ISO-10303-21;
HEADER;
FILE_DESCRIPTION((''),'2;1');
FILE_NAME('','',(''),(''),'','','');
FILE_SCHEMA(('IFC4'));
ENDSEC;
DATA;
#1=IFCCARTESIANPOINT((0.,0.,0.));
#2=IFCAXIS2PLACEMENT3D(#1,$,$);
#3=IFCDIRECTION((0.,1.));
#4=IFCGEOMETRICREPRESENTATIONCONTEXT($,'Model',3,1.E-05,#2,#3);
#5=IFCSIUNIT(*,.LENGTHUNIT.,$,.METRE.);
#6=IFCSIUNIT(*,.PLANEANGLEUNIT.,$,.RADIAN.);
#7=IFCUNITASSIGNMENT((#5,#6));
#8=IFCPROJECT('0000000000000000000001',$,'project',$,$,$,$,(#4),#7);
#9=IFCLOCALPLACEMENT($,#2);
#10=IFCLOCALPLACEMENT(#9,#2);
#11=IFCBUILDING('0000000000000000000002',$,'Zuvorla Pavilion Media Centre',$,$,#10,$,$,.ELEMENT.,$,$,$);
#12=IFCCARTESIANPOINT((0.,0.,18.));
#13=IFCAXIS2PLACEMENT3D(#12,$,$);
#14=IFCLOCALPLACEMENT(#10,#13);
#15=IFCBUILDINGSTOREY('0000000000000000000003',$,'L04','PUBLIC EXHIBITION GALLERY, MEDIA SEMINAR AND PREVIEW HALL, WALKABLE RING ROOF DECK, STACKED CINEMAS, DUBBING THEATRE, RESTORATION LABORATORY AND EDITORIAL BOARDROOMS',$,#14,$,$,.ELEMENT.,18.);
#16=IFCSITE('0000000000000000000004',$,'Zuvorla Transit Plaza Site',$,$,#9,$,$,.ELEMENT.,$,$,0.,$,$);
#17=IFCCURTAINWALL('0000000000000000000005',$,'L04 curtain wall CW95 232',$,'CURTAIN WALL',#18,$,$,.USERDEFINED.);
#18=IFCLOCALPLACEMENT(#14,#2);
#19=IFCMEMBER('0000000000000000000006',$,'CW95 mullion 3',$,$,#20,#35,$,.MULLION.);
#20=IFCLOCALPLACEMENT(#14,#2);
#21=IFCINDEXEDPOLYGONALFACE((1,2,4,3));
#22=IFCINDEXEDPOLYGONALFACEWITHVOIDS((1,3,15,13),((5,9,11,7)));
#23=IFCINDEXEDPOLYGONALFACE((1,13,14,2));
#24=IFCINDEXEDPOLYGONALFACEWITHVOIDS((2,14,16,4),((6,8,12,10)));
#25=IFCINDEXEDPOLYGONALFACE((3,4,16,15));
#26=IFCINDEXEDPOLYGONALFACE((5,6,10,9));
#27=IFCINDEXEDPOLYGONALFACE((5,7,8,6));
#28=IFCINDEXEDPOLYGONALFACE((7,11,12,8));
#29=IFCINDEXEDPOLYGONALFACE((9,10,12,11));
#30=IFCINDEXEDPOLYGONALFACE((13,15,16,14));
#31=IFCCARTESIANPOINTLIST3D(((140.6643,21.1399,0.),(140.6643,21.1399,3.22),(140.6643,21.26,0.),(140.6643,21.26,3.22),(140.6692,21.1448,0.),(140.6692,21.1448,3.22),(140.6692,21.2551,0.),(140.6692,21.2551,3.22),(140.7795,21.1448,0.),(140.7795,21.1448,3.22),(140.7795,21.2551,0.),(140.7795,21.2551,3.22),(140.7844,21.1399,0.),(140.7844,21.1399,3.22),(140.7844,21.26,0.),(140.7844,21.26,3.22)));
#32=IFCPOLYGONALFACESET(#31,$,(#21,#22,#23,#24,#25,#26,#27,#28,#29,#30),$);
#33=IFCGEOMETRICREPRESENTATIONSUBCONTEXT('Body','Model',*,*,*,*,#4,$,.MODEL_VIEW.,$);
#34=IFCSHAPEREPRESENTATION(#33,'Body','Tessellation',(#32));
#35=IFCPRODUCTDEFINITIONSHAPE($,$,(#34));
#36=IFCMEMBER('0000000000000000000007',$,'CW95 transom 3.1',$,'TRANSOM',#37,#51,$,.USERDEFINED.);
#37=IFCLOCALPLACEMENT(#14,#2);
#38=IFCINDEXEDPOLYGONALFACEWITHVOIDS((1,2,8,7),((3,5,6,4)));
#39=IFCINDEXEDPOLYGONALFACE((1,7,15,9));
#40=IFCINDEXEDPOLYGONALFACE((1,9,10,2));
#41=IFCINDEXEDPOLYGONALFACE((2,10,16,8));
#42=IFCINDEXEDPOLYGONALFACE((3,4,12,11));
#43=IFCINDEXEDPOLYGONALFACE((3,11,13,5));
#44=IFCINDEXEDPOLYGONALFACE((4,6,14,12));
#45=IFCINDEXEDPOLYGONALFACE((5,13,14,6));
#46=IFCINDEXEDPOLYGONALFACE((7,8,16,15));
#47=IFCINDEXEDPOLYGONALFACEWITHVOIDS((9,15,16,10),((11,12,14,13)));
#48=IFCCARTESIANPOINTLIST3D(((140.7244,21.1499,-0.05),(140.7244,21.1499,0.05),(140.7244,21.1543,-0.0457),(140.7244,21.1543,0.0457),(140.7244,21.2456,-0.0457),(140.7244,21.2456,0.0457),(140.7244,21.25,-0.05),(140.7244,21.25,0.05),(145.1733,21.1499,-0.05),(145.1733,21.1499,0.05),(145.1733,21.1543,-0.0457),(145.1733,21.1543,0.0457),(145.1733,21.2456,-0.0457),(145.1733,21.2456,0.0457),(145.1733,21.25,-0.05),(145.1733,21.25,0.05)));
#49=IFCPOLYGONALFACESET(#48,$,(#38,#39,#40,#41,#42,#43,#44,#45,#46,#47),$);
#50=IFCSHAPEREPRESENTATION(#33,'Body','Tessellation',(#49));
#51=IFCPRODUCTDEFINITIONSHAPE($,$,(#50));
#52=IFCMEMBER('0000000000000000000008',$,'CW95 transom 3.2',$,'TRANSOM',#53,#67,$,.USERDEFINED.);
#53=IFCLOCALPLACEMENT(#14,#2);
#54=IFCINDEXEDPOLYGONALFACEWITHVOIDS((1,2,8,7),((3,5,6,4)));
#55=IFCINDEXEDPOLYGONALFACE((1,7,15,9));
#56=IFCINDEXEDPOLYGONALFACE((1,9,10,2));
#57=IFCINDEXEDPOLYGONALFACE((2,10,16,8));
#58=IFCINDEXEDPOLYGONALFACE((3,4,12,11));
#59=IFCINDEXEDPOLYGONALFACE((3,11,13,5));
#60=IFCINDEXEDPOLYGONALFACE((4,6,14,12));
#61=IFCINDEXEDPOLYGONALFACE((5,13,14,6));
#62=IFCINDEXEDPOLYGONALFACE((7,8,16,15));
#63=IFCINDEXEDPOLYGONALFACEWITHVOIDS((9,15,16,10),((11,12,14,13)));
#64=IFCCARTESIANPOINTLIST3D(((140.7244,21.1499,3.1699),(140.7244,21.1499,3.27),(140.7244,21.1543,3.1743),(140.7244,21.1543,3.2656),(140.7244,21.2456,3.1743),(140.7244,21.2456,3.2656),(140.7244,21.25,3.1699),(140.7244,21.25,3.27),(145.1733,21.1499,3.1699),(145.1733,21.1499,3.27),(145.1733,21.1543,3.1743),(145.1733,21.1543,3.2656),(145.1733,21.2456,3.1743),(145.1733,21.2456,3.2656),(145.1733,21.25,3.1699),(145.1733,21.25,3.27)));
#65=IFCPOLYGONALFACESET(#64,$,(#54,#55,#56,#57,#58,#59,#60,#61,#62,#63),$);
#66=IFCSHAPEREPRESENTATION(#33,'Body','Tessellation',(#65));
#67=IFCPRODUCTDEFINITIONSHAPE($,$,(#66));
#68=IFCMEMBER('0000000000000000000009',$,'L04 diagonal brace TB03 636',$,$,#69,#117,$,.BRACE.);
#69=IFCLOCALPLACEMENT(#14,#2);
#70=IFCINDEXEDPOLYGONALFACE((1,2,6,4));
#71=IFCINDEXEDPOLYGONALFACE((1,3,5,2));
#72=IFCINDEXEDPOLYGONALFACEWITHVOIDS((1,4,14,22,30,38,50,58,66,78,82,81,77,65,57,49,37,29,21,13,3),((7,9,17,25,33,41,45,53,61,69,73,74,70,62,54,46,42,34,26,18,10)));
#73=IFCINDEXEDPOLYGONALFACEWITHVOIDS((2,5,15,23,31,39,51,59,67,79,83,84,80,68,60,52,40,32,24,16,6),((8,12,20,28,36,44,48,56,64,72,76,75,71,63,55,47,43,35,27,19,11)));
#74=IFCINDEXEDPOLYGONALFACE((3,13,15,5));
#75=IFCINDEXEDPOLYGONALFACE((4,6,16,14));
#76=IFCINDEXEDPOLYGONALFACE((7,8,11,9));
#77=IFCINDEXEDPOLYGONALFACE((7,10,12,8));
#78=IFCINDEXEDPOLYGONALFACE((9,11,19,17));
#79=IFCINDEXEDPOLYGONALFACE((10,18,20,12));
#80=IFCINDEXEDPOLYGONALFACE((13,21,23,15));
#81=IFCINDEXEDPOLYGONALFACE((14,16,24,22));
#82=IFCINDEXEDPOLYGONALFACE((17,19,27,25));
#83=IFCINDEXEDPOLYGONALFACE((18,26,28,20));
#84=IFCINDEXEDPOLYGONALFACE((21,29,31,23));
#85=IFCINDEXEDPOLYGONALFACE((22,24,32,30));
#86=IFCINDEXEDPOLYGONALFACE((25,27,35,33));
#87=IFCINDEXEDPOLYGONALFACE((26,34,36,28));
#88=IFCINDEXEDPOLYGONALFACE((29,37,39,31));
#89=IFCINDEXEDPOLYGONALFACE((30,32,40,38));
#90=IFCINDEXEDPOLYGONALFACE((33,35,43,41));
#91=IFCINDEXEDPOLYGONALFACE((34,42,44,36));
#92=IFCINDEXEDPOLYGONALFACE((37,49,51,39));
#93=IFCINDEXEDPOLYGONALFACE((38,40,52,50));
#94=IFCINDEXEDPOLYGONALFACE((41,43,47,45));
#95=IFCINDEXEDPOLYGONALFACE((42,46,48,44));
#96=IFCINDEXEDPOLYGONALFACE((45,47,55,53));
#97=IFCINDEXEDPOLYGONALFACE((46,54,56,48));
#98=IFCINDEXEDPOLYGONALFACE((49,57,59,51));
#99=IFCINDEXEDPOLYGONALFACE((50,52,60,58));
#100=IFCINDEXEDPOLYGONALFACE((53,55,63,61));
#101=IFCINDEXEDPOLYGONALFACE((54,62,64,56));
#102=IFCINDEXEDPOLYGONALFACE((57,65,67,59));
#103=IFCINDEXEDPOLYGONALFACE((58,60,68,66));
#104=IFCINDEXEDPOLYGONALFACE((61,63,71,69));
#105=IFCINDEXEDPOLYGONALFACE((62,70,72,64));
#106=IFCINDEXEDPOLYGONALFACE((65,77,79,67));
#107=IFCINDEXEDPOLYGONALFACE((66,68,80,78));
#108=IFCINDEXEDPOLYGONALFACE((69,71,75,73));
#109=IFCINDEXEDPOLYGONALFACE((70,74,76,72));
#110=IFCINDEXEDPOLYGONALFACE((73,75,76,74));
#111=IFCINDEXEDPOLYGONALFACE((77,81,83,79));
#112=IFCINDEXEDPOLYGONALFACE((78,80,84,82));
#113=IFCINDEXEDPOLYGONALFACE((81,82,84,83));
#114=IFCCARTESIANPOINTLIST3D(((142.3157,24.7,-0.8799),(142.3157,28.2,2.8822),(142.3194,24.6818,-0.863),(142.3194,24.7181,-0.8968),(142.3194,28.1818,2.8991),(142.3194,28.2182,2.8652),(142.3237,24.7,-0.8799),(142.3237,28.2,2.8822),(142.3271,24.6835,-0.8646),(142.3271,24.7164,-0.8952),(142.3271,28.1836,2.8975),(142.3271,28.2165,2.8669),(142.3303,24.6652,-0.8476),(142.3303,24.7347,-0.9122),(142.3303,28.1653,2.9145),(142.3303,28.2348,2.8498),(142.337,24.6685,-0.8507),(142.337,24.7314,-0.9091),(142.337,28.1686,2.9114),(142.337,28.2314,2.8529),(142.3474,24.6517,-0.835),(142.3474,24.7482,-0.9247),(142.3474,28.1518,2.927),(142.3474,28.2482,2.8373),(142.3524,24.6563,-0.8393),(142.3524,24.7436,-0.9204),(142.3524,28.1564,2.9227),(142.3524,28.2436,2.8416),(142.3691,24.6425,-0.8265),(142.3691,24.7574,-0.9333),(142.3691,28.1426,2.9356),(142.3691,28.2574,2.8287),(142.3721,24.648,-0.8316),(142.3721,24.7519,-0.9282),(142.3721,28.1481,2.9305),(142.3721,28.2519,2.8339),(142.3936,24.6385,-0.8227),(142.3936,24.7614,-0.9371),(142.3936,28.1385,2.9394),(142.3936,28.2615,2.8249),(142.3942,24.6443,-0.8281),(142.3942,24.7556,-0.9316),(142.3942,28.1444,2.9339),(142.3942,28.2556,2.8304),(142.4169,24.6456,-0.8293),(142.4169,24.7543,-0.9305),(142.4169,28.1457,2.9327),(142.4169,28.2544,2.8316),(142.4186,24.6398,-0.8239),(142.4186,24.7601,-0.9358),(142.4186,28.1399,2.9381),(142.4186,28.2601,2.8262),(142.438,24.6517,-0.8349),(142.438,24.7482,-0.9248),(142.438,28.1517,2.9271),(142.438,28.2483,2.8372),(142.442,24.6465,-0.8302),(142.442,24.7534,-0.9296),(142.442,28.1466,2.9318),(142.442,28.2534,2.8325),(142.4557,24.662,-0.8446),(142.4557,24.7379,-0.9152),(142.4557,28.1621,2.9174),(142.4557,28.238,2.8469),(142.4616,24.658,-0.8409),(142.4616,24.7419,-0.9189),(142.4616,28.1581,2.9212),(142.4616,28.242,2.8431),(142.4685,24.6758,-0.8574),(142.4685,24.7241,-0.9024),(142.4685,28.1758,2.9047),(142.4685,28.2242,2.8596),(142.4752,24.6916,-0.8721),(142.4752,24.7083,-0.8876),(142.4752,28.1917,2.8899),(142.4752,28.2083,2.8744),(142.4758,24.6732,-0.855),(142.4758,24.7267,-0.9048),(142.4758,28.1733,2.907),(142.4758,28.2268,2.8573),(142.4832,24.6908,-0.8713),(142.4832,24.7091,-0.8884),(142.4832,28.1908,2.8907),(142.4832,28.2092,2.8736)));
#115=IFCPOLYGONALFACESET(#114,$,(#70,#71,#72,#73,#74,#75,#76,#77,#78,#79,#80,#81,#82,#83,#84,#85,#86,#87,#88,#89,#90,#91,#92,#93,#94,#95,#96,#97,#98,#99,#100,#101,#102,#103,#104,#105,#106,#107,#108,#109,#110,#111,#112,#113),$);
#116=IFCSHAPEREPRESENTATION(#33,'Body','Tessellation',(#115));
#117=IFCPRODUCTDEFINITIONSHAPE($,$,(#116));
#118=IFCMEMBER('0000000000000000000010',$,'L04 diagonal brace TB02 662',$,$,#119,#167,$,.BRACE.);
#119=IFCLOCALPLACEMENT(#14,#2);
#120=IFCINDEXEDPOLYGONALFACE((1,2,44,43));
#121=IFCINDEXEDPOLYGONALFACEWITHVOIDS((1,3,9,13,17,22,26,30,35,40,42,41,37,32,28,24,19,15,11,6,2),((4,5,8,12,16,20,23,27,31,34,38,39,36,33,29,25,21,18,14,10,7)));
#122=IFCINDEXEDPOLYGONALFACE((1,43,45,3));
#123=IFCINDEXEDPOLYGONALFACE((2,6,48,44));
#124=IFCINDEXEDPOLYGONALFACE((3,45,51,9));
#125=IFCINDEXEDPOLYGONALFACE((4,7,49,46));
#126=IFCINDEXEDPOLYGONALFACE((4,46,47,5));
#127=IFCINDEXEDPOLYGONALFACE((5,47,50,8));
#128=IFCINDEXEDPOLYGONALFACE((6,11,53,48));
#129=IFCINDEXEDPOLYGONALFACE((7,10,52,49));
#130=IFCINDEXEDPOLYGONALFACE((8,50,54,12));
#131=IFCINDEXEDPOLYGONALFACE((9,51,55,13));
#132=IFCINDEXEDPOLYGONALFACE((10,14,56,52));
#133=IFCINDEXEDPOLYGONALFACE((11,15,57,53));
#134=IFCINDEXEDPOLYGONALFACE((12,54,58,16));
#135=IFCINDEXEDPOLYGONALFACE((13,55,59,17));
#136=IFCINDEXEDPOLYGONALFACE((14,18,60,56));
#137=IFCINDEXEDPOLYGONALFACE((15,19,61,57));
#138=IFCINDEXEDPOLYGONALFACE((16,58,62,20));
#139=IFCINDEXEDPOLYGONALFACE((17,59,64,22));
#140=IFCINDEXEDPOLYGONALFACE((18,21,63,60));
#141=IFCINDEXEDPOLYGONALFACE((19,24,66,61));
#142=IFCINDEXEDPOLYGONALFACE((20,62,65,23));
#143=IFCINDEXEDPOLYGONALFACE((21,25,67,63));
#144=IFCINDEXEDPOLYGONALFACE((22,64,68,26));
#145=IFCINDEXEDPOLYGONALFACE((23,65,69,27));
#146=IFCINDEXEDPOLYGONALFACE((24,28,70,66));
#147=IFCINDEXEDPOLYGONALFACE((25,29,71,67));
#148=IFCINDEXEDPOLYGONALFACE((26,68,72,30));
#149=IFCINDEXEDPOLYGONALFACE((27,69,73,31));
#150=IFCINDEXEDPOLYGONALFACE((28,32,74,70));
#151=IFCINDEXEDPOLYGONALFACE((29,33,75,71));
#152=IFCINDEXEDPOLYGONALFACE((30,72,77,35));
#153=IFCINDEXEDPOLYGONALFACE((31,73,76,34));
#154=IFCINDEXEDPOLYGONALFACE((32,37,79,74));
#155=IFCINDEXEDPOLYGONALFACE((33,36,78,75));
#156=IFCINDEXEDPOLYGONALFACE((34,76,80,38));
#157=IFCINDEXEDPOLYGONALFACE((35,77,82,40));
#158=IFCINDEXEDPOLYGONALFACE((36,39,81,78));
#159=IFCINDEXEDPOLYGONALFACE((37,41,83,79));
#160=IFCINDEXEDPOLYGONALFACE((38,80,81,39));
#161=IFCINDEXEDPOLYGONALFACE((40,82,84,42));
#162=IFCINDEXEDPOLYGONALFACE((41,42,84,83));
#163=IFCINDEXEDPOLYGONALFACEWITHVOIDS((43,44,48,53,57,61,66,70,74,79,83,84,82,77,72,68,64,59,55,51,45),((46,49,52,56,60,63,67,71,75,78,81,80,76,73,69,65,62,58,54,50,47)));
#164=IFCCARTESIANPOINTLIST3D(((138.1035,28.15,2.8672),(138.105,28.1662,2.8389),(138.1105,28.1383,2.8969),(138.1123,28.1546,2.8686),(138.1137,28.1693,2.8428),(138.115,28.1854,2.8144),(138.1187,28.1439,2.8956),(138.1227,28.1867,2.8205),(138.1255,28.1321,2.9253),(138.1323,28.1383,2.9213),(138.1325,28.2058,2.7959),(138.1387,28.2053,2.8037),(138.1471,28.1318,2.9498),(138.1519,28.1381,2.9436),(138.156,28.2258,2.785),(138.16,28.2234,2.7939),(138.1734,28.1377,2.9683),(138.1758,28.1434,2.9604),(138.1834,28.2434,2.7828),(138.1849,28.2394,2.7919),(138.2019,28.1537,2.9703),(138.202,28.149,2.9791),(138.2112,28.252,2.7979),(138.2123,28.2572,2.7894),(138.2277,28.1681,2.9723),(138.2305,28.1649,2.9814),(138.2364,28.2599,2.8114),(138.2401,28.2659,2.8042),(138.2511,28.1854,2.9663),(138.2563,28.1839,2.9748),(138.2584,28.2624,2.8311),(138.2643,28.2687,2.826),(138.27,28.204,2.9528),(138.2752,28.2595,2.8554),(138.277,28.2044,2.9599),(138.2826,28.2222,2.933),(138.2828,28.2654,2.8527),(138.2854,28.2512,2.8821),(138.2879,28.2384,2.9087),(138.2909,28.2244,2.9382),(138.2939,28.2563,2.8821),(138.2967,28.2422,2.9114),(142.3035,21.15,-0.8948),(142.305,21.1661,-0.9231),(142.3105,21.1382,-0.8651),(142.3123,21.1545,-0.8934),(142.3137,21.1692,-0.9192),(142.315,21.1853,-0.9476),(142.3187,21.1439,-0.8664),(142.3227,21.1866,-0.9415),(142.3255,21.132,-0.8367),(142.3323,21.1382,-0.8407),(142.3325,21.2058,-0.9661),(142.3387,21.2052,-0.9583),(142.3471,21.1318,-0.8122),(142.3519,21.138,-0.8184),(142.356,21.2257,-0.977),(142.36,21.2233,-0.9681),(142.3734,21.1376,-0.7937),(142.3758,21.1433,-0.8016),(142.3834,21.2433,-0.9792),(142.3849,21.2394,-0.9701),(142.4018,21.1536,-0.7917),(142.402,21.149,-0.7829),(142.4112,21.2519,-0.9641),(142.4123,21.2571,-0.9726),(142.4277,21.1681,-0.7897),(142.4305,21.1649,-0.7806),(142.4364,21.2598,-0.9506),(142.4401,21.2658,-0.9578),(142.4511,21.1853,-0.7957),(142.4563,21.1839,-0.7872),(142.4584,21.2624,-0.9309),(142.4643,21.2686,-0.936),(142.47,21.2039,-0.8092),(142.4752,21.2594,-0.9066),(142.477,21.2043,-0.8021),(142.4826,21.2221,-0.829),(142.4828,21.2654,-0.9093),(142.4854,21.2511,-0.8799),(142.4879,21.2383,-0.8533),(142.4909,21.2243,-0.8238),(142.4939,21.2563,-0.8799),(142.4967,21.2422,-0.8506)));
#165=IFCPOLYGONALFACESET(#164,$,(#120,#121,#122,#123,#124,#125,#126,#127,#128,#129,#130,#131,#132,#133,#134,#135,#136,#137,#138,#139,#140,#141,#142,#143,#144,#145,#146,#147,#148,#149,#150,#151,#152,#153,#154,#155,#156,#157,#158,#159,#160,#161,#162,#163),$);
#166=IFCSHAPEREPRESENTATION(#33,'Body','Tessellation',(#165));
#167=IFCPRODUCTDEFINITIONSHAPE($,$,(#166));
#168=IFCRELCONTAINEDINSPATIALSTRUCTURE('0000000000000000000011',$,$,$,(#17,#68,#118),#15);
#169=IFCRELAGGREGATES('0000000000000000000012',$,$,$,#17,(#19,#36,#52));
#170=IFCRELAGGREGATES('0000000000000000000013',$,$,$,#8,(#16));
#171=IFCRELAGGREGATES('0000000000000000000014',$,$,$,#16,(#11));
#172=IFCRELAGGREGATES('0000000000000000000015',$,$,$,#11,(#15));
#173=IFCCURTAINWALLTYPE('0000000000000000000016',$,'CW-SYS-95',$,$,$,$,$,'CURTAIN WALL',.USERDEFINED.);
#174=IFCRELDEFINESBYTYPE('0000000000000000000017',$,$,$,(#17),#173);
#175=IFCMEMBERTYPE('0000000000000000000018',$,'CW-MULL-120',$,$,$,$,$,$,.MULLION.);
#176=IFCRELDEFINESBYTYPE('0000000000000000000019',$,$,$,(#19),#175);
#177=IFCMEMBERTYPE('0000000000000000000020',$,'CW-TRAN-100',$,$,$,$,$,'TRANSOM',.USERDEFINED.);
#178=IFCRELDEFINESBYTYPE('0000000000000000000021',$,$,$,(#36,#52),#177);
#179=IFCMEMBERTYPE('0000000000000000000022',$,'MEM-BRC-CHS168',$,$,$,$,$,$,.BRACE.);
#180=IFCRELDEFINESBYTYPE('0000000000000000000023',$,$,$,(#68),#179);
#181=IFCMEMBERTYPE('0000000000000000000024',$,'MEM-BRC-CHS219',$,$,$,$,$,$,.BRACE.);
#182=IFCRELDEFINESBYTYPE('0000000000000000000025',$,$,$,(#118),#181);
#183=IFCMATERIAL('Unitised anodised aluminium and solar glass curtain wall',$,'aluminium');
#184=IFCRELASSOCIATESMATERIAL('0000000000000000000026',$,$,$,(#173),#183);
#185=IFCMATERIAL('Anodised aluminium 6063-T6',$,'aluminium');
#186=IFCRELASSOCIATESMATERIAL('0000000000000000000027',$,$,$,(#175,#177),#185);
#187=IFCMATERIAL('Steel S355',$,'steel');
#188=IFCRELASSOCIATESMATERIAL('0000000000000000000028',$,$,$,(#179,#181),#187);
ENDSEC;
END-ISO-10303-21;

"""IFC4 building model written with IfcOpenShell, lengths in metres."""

from ifc_helpers import new_model, si_unit, direction, frame, origin, origin_2d, place, context, subcontext, project, spatial, hollow_rectangle, hollow_circle, extrude, material, material_profile, profile_set, type_object, element, aggregate, save


model = new_model("IFC4")

# Units and contexts
model_context = context("Model", 3, precision=1e-05, world=origin(), true_north=direction((0.0, 1.0)))
body_context = subcontext(model_context, "Body", "Model", "MODEL_VIEW")
ifc_project = project(units=[si_unit("LENGTHUNIT", "METRE"), si_unit("PLANEANGLEUNIT", "RADIAN")], contexts=[model_context])

# Site, building, storey
site_placement = place(None, origin())
site = spatial("IfcSite", under=ifc_project, at=site_placement, Name="Zuvorla Transit Plaza Site", CompositionType="ELEMENT", RefElevation=0.0)
building_placement = place(site_placement, origin())
building = spatial("IfcBuilding", under=site, at=building_placement, Name="Zuvorla Pavilion Media Centre", CompositionType="ELEMENT")
storey_placement = place(building_placement, frame((0.0, 0.0, 18.0)))
storey = spatial("IfcBuildingStorey", under=building, at=storey_placement, Name="L04", Description="PUBLIC EXHIBITION GALLERY, MEDIA SEMINAR AND PREVIEW HALL, WALKABLE RING ROOF DECK, STACKED CINEMAS, DUBBING THEATRE, RESTORATION LABORATORY AND EDITORIAL BOARDROOMS", CompositionType="ELEMENT", Elevation=18.0)

# Curtain wall, members
ifc_material_1 = material(Name="Unitised anodised aluminium and solar glass curtain wall", Category="aluminium")
curtain_wall_type = type_object("IfcCurtainWallType", Name="CW-SYS-95", ElementType="CURTAIN WALL", PredefinedType="USERDEFINED", material=ifc_material_1)
curtain_wall_placement = place(storey_placement, origin())
curtain_wall = element("IfcCurtainWall", 1, at=curtain_wall_placement, inside=storey, type_object=curtain_wall_type, Name="L04 curtain wall CW95 232", ObjectType="CURTAIN WALL", PredefinedType="USERDEFINED")
ifc_material_2 = material(Name="Anodised aluminium 6063-T6", Category="aluminium")
ifc_material_profile_1 = material_profile(ifc_material_2, hollow_rectangle(XDim=0.1201, YDim=0.1201, WallThickness=0.0049, at=origin_2d()), Name="ALU MULL 120x120")
ifc_profile_set_1 = profile_set([ifc_material_profile_1], Name="Anodised aluminium 6063-T6")
member_type_1 = type_object("IfcMemberType", Name="CW-MULL-120", PredefinedType="MULLION", material=ifc_profile_set_1)
member_1_placement = place(storey_placement, frame((140.7244, 21.2, 0.0), z_axis=(0.0, 0.0, 1.0), x_axis=(1.0, 0.0, 0.0)))
member_1 = element("IfcMember", 2, at=member_1_placement, type_object=member_type_1, Name="CW95 mullion 3", PredefinedType="MULLION", context=body_context, shape_type="SweptSolid", body=[
    extrude(hollow_rectangle(XDim=0.1201, YDim=0.1201, WallThickness=0.0049, at=origin_2d()), origin(), (0.0, 0.0, 1.0), 3.22),
])
ifc_material_profile_2 = material_profile(ifc_material_2, hollow_rectangle(XDim=0.1001, YDim=0.1001, WallThickness=0.0044, at=origin_2d()), Name="ALU TRAN 100x100")
ifc_profile_set_2 = profile_set([ifc_material_profile_2], Name="Anodised aluminium 6063-T6")
member_type_2 = type_object("IfcMemberType", Name="CW-TRAN-100", ElementType="TRANSOM", PredefinedType="USERDEFINED", material=ifc_profile_set_2)
member_2_placement = place(storey_placement, frame((140.7244, 21.2, 0.0), z_axis=(1.0, 0.0, 0.0), x_axis=(0.0, 1.0, 0.0)))
member_2 = element("IfcMember", 3, at=member_2_placement, type_object=member_type_2, Name="CW95 transom 3.1", ObjectType="TRANSOM", PredefinedType="USERDEFINED", context=body_context, shape_type="SweptSolid", body=[
    extrude(hollow_rectangle(XDim=0.1001, YDim=0.1001, WallThickness=0.0044, at=origin_2d()), origin(), (0.0, 0.0, 1.0), 4.449),
])
member_3_placement = place(storey_placement, frame((140.7244, 21.2, 3.22), z_axis=(1.0, 0.0, 0.0), x_axis=(0.0, 1.0, 0.0)))
member_3 = element("IfcMember", 4, at=member_3_placement, type_object=member_type_2, Name="CW95 transom 3.2", ObjectType="TRANSOM", PredefinedType="USERDEFINED", context=body_context, shape_type="SweptSolid", body=[
    extrude(hollow_rectangle(XDim=0.1001, YDim=0.1001, WallThickness=0.0044, at=origin_2d()), origin(), (0.0, 0.0, 1.0), 4.449),
])

# Members
ifc_material_3 = material(Name="Steel S355", Category="steel")
ifc_material_profile_3 = material_profile(ifc_material_3, hollow_circle(Radius=0.0842, WallThickness=0.0081, at=origin_2d()), Name="CHS 168.3x8")
ifc_profile_set_3 = profile_set([ifc_material_profile_3], Name="Steel S355")
member_type_3 = type_object("IfcMemberType", Name="MEM-BRC-CHS168", PredefinedType="BRACE", material=ifc_profile_set_3)
member_4_placement = place(storey_placement, frame((142.3999, 24.7, -0.8799), z_axis=(0.0, 0.681156, 0.732138), x_axis=(-1.0, 0.0, 0.0)))
element("IfcMember", 5, at=member_4_placement, inside=storey, type_object=member_type_3, Name="L04 diagonal brace TB03 636", PredefinedType="BRACE", context=body_context, shape_type="SweptSolid", body=[
    extrude(hollow_circle(Radius=0.0842, WallThickness=0.0081, at=origin_2d()), origin(), (0.0, 0.0, 1.0), 5.1384),
])
ifc_material_profile_4 = material_profile(ifc_material_3, hollow_circle(Radius=0.1096, WallThickness=0.01, at=origin_2d()), Name="CHS 219.1x10")
ifc_profile_set_4 = profile_set([ifc_material_profile_4], Name="Steel S355")
member_type_4 = type_object("IfcMemberType", Name="MEM-BRC-CHS219", PredefinedType="BRACE", material=ifc_profile_set_4)
for number, where, z_axis, x_axis, name in (
    (6, (138.2, 28.2, 2.8821), (0.467262, -0.778779, -0.418534), (0.857496, 0.514491, 0.0), "L04 diagonal brace TB02 662"),
):
    element("IfcMember", number, at=place(storey_placement, frame(where, z_axis=z_axis, x_axis=x_axis)), inside=storey, type_object=member_type_4, Name=name, PredefinedType="BRACE", context=body_context, shape_type="SweptSolid", body=[
        extrude(hollow_circle(Radius=0.1096, WallThickness=0.01, at=origin_2d()), origin(), (0.0, 0.0, 1.0), 8.9885),
    ])

aggregate(curtain_wall, [member_1, member_2, member_3])

save(model, "model.ifc")
